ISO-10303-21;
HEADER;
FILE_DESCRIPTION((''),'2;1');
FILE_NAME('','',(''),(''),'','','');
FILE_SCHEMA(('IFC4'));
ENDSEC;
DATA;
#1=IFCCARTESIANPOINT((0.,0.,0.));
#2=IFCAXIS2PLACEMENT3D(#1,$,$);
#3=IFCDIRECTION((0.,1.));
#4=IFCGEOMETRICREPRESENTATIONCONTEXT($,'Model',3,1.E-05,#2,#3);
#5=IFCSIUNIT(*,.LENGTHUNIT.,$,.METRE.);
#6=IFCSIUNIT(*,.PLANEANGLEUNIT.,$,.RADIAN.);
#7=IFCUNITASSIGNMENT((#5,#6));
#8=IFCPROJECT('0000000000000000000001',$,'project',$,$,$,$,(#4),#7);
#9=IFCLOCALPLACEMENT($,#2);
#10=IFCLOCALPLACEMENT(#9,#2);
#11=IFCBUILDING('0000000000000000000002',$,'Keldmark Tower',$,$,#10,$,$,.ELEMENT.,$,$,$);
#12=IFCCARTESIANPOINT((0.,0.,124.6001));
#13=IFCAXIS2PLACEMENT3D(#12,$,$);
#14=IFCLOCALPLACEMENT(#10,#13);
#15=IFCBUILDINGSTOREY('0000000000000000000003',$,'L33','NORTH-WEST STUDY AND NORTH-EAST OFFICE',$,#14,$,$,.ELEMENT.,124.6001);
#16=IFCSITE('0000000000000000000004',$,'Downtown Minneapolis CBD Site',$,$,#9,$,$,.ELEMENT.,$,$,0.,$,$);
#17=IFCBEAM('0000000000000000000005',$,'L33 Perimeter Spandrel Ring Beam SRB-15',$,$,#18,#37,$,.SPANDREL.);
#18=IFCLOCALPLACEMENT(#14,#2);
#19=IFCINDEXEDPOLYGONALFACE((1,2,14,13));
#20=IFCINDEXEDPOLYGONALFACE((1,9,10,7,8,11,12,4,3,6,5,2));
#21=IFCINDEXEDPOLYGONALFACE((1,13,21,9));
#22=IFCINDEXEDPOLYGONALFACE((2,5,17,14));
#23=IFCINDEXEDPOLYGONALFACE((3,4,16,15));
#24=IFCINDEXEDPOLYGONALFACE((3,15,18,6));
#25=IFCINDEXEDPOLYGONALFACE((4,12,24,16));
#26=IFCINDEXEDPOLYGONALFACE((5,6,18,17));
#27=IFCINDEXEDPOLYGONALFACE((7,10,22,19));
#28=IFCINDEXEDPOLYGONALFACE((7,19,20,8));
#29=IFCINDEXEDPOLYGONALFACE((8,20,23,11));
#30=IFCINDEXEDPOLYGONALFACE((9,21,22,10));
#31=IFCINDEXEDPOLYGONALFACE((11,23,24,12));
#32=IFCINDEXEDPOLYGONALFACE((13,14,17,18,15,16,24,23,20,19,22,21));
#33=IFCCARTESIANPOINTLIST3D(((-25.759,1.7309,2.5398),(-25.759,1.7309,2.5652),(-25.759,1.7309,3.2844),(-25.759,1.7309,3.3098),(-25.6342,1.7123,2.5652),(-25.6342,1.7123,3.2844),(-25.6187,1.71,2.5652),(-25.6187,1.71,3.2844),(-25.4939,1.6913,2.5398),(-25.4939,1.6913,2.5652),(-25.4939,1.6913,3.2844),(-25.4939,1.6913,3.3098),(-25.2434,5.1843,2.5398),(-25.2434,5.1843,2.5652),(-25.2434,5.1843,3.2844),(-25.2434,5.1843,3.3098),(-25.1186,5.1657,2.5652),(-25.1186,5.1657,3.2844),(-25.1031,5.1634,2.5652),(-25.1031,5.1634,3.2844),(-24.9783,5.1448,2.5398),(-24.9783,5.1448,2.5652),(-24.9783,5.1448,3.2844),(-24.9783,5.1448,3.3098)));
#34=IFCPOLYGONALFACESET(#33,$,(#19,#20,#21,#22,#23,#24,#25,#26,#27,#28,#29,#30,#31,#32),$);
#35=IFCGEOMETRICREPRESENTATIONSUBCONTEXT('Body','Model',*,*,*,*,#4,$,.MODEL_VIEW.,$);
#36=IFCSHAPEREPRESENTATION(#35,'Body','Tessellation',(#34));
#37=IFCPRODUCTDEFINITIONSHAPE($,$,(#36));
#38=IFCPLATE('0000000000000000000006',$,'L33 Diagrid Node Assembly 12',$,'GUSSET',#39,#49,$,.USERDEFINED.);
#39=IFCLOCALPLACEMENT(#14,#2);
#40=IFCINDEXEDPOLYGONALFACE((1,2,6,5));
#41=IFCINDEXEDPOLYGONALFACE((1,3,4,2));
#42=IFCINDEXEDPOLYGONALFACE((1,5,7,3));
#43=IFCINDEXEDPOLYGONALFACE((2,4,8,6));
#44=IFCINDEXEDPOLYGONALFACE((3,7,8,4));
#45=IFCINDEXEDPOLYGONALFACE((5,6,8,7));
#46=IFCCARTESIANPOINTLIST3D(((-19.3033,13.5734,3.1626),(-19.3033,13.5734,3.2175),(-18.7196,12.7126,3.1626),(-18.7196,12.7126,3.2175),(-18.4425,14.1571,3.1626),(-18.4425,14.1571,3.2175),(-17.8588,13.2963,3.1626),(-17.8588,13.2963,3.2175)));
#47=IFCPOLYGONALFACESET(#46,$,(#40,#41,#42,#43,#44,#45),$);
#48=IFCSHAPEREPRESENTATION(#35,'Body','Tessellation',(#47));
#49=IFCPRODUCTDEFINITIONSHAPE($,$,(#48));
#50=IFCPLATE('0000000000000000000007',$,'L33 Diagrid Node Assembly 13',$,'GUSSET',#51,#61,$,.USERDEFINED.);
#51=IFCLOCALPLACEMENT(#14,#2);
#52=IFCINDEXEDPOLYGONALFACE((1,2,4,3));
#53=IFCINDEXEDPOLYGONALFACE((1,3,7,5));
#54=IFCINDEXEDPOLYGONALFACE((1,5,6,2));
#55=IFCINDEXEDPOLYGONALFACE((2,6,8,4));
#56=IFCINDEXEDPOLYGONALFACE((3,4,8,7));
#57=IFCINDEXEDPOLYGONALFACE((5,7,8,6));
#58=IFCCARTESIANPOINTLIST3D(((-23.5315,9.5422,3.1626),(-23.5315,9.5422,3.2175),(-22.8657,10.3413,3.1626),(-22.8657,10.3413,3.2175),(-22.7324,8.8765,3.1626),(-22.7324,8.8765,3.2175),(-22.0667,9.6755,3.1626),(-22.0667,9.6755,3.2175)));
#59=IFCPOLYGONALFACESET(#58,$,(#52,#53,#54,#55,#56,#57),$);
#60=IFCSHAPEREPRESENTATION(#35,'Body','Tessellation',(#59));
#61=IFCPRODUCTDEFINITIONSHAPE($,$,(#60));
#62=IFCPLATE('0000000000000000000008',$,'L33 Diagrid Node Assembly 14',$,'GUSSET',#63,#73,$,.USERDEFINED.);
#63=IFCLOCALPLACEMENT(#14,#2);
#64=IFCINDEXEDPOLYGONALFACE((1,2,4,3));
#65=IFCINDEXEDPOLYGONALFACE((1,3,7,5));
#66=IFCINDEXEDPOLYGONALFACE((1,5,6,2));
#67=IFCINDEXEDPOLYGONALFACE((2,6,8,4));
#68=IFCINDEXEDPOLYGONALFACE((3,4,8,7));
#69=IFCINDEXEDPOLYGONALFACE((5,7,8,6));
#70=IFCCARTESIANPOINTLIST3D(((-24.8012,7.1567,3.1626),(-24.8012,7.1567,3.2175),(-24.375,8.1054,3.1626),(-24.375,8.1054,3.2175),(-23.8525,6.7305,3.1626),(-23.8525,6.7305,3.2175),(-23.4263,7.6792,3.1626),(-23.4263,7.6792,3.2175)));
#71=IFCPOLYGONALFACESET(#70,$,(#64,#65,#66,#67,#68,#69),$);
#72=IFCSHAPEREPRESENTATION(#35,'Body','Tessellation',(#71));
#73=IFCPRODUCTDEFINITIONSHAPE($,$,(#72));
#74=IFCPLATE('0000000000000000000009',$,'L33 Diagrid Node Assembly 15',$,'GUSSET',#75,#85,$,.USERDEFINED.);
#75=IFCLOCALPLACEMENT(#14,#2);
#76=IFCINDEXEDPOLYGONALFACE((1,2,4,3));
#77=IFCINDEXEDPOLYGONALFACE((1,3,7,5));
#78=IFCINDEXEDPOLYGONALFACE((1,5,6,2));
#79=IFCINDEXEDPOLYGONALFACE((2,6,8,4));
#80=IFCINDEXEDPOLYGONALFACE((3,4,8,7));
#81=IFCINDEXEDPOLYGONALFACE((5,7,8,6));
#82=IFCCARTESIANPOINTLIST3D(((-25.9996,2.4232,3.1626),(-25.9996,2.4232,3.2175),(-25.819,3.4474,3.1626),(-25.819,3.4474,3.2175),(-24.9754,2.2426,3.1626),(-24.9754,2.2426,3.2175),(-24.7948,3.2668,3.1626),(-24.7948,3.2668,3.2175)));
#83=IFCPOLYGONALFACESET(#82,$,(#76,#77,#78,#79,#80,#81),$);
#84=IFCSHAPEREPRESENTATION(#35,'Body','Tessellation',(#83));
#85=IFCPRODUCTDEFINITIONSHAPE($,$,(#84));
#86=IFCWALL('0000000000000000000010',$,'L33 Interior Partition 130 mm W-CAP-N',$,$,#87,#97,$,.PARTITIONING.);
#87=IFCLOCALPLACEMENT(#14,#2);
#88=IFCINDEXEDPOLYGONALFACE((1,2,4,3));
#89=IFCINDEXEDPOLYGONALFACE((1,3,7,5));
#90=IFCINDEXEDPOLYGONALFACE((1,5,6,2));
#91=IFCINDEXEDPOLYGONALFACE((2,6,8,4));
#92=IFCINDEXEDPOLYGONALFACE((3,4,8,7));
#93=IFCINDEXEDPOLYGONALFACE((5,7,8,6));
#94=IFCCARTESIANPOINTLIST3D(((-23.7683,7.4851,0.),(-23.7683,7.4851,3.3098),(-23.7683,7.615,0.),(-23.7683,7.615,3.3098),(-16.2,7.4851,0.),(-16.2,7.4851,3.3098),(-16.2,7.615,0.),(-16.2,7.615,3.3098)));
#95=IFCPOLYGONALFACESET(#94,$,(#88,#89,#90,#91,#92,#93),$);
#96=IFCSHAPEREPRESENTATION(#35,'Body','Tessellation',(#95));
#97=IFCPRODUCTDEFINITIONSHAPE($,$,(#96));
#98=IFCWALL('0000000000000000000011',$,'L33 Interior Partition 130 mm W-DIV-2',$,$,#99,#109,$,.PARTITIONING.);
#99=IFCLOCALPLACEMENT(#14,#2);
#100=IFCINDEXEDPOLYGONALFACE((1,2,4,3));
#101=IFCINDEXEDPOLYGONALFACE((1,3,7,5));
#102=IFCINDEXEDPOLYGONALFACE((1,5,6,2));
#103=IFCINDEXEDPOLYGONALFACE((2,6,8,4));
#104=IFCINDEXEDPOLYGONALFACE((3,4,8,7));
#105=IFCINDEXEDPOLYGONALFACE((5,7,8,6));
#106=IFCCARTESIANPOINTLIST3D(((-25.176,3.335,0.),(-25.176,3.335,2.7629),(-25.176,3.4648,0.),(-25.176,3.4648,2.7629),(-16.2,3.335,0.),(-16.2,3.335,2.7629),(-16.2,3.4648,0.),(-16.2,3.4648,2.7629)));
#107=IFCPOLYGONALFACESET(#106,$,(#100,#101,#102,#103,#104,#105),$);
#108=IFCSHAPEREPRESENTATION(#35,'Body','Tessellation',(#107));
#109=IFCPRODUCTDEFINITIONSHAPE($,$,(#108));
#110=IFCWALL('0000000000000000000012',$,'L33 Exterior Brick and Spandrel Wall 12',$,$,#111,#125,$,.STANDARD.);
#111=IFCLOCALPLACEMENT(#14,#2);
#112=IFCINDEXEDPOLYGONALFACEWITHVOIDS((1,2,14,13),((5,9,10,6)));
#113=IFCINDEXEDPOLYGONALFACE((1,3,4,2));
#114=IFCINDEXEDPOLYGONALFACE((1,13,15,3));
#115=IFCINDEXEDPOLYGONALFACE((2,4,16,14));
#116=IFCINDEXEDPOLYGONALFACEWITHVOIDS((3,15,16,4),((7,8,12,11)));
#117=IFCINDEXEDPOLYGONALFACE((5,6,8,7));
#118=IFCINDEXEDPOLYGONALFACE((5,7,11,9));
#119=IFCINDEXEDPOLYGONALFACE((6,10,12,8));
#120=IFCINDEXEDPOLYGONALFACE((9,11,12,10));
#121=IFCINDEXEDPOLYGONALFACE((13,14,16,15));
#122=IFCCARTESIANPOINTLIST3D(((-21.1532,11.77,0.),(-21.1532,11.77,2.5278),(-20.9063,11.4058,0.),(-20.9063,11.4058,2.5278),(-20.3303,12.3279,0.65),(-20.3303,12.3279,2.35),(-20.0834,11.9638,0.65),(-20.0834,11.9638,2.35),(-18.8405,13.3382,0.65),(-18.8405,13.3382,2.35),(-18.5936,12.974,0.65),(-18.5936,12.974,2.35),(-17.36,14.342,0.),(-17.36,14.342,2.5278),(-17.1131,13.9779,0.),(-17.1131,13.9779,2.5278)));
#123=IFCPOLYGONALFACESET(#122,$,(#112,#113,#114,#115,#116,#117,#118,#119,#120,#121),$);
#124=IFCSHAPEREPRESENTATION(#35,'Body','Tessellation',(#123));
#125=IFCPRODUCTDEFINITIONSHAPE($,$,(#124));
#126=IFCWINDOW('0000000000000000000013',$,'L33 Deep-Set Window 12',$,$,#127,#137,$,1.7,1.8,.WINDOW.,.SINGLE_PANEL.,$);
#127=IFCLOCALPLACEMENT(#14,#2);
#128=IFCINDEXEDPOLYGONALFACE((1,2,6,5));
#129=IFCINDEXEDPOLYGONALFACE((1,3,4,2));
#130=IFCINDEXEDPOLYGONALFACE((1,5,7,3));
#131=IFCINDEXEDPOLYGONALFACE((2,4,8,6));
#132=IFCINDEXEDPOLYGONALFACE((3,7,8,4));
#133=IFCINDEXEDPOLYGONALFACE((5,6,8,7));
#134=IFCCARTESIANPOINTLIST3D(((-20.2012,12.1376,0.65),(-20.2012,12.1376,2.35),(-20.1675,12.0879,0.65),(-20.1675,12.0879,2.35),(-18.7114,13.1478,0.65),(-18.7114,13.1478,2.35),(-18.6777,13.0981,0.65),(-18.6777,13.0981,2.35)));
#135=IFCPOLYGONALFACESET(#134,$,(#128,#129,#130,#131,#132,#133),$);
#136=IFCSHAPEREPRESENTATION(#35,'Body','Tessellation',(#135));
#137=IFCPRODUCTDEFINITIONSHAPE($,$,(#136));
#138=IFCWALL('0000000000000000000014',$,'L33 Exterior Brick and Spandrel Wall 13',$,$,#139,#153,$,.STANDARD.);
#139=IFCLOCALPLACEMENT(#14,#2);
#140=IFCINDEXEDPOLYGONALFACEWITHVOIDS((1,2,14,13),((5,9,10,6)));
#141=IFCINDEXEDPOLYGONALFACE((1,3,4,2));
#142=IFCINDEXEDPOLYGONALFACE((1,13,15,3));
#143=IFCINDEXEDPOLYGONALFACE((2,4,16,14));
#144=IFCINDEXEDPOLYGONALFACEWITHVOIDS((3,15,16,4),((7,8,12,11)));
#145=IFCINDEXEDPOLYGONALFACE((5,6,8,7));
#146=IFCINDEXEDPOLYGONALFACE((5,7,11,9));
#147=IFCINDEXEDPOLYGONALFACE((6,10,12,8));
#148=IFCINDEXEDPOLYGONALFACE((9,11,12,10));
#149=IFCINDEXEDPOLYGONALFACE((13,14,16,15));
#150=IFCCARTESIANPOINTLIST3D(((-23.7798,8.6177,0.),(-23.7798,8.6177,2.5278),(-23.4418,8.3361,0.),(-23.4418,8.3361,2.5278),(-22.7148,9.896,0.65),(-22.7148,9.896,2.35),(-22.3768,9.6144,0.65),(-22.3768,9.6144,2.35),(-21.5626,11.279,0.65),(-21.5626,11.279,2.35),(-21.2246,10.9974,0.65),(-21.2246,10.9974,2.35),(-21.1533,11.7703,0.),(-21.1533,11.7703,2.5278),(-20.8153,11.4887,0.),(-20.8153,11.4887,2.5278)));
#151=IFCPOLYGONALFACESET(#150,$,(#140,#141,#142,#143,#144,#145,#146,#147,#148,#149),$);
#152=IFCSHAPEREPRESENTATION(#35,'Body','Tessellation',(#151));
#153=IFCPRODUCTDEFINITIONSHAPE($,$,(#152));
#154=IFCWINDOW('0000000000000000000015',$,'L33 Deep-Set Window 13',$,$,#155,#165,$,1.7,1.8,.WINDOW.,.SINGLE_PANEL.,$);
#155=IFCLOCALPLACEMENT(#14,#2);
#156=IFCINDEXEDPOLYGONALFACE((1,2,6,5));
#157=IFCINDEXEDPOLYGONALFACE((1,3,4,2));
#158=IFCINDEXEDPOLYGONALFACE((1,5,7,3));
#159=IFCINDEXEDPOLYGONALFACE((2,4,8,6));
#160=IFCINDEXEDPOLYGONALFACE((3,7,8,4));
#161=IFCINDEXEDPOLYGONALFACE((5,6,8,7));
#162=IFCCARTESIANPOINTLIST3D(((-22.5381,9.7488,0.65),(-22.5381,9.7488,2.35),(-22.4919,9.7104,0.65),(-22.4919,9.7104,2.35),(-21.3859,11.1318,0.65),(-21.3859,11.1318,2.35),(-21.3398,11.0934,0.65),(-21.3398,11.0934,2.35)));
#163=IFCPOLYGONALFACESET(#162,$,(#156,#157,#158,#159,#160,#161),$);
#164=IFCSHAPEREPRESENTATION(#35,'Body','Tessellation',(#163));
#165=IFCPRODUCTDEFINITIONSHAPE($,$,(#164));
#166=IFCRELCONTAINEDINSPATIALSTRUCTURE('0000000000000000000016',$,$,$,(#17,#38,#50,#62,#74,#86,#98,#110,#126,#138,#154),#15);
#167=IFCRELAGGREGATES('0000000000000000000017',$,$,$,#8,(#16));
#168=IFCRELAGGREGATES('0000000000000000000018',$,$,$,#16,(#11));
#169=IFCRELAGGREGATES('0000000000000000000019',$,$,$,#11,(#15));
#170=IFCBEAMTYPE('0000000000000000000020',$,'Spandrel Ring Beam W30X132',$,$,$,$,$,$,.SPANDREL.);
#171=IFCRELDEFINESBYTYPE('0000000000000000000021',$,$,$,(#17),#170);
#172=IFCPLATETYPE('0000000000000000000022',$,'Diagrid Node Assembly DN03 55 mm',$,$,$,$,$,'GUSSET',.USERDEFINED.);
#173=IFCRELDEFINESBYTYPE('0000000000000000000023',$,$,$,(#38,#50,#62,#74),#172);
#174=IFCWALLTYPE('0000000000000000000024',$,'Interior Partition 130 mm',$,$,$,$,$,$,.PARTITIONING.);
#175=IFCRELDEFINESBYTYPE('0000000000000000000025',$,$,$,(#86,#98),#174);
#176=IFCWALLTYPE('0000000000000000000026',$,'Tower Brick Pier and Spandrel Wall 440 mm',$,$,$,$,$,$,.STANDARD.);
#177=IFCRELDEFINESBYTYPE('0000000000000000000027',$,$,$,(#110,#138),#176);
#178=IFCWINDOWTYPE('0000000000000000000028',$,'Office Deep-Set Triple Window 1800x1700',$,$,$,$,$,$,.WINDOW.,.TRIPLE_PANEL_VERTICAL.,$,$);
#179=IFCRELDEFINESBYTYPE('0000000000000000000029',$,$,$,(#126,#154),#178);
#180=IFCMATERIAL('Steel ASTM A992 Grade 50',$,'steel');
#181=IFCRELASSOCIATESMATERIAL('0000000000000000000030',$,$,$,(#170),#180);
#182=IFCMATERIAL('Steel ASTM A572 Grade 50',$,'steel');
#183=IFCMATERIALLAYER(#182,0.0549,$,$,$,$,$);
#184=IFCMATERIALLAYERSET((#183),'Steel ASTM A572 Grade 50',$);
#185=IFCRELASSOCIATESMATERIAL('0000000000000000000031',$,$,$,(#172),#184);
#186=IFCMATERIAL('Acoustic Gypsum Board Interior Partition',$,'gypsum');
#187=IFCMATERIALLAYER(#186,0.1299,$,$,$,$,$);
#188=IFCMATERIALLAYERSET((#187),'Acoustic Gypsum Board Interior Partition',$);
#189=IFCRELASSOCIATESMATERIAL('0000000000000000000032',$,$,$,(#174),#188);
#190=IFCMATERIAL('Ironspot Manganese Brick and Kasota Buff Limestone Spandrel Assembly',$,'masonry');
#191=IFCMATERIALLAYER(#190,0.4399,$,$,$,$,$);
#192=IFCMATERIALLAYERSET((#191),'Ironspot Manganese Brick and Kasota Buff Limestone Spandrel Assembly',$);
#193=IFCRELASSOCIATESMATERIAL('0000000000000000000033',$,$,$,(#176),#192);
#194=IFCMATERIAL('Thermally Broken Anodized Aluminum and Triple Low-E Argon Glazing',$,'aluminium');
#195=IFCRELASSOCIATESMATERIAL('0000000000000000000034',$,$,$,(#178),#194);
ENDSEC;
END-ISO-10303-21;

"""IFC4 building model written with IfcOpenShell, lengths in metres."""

from ifc_helpers import new_model, si_unit, direction, frame, frame_2d, origin, origin_2d, place, context, subcontext, project, spatial, rectangle, i_section, extrude, material, layer, layer_set, material_profile, profile_set, type_object, element, fill, save


model = new_model("IFC4")

# Units and contexts
model_context = context("Model", 3, precision=1e-05, world=origin(), true_north=direction((0.0, 1.0)))
body_context = subcontext(model_context, "Body", "Model", "MODEL_VIEW")
ifc_project = project(units=[si_unit("LENGTHUNIT", "METRE"), si_unit("PLANEANGLEUNIT", "RADIAN")], contexts=[model_context])

# Site, building, storey
site_placement = place(None, origin())
site = spatial("IfcSite", under=ifc_project, at=site_placement, Name="Downtown Minneapolis CBD Site", CompositionType="ELEMENT", RefElevation=0.0)
building_placement = place(site_placement, origin())
building = spatial("IfcBuilding", under=site, at=building_placement, Name="Keldmark Tower", CompositionType="ELEMENT")
storey_placement = place(building_placement, frame((0.0, 0.0, 124.6001)))
storey = spatial("IfcBuildingStorey", under=building, at=storey_placement, Name="L33", Description="NORTH-WEST STUDY AND NORTH-EAST OFFICE", CompositionType="ELEMENT", Elevation=124.6001)

# Beam
ifc_material_1 = material(Name="Steel ASTM A992 Grade 50", Category="steel")
ifc_material_profile_1 = material_profile(ifc_material_1, i_section(OverallWidth=0.2681, OverallDepth=0.77, WebThickness=0.0156, FlangeThickness=0.0254, at=origin_2d()), Name="W30X132")
ifc_profile_set_1 = profile_set([ifc_material_profile_1], Name="Steel ASTM A992 Grade 50")
beam_type_1 = type_object("IfcBeamType", Name="Spandrel Ring Beam W30X132", PredefinedType="SPANDREL", material=ifc_profile_set_1)
beam_1_placement = place(storey_placement, frame((-25.1108, 5.1646, 2.9248), z_axis=(-0.147674, -0.989036, 0.0), x_axis=(0.989036, -0.147674, 0.0)))
element("IfcBeam", 1, at=beam_1_placement, inside=storey, type_object=beam_type_1, Name="L33 Perimeter Spandrel Ring Beam SRB-15", PredefinedType="SPANDREL", context=body_context, shape_type="SweptSolid", body=[
    extrude(i_section(OverallWidth=0.2681, OverallDepth=0.77, WebThickness=0.0156, FlangeThickness=0.0254, at=origin_2d()), origin(), (0.0, 0.0, 1.0), 3.4917),
])

# Plates
ifc_material_2 = material(Name="Steel ASTM A572 Grade 50", Category="steel")
ifc_layer_1 = layer(ifc_material_2, 0.0549)
ifc_layer_set_1 = layer_set([ifc_layer_1], Name="Steel ASTM A572 Grade 50")
plate_type = type_object("IfcPlateType", Name="Diagrid Node Assembly DN03 55 mm", ElementType="GUSSET", PredefinedType="USERDEFINED", material=ifc_layer_set_1)
for number, where, z_axis, x_axis, name in (
    (2, (-18.5811, 13.4348, 3.1626), (0.0, 0.0, 1.0), (-0.827669, -0.561217, 0.0), "L33 Diagrid Node Assembly 12"),
    (3, (-22.7991, 9.6089, 3.1626), (0.0, 0.0, 1.0), (-0.64011, -0.768284, 0.0), "L33 Diagrid Node Assembly 13"),
    (4, (-24.1138, 7.418, 3.1626), (0.0, 0.0, 1.0), (-0.409764, -0.912192, 0.0), "L33 Diagrid Node Assembly 14"),
    (5, (-25.3972, 2.845, 3.1626), (0.0, 0.0, 1.0), (-0.173648, -0.984808, 0.0), "L33 Diagrid Node Assembly 15"),
):
    element("IfcPlate", number, at=place(storey_placement, frame(where, z_axis=z_axis, x_axis=x_axis)), inside=storey, type_object=plate_type, Name=name, ObjectType="GUSSET", PredefinedType="USERDEFINED", context=body_context, shape_type="SweptSolid", body=[
        extrude(rectangle(XDim=1.04, YDim=1.04, at=origin_2d()), origin(), (0.0, 0.0, 1.0), 0.0549),
    ])

# Walls
ifc_material_3 = material(Name="Acoustic Gypsum Board Interior Partition", Category="gypsum")
ifc_layer_2 = layer(ifc_material_3, 0.1299)
ifc_layer_set_2 = layer_set([ifc_layer_2], Name="Acoustic Gypsum Board Interior Partition")
wall_type_1 = type_object("IfcWallType", Name="Interior Partition 130 mm", PredefinedType="PARTITIONING", material=ifc_layer_set_2)
wall_1_placement = place(storey_placement, frame((-23.7683, 7.55, 0.0), z_axis=(0.0, 0.0, 1.0), x_axis=(1.0, 0.0, 0.0)))
element("IfcWall", 6, at=wall_1_placement, inside=storey, type_object=wall_type_1, Name="L33 Interior Partition 130 mm W-CAP-N", PredefinedType="PARTITIONING", context=body_context, shape_type="SweptSolid", body=[
    extrude(rectangle(XDim=7.5684, YDim=0.1299, at=frame_2d((3.7842, 0.0))), origin(), (0.0, 0.0, 1.0), 3.3098),
])
wall_2_placement = place(storey_placement, frame((-25.176, 3.3999, 0.0), z_axis=(0.0, 0.0, 1.0), x_axis=(1.0, 0.0, 0.0)))
element("IfcWall", 7, at=wall_2_placement, inside=storey, type_object=wall_type_1, Name="L33 Interior Partition 130 mm W-DIV-2", PredefinedType="PARTITIONING", context=body_context, shape_type="SweptSolid", body=[
    extrude(rectangle(XDim=8.9761, YDim=0.1299, at=frame_2d((4.488, 0.0))), origin(), (0.0, 0.0, 1.0), 2.7629),
])

# Walls, openings, windows
ifc_material_4 = material(Name="Ironspot Manganese Brick and Kasota Buff Limestone Spandrel Assembly", Category="masonry")
ifc_layer_3 = layer(ifc_material_4, 0.4399)
ifc_layer_set_3 = layer_set([ifc_layer_3], Name="Ironspot Manganese Brick and Kasota Buff Limestone Spandrel Assembly")
wall_type_2 = type_object("IfcWallType", Name="Tower Brick Pier and Spandrel Wall 440 mm", PredefinedType="STANDARD", material=ifc_layer_set_3)
wall_3_placement = place(storey_placement, frame((-21.0298, 11.5879, 0.0), z_axis=(0.0, 0.0, 1.0), x_axis=(0.827673, 0.561211, 0.0)))
wall_3 = element("IfcWall", 8, at=wall_3_placement, inside=storey, type_object=wall_type_2, Name="L33 Exterior Brick and Spandrel Wall 12", PredefinedType="STANDARD", context=body_context, shape_type="SweptSolid", body=[
    extrude(rectangle(XDim=4.583, YDim=0.4399, at=frame_2d((2.2915, 0.0))), origin(), (0.0, 0.0, 1.0), 2.5278),
])
opening_1_placement = place(wall_3_placement, frame((0.9944, 0.0, 0.6499)))
opening_1 = element("IfcOpeningElement", 9, at=opening_1_placement, cuts=wall_3, PredefinedType="OPENING", context=body_context, shape_type="SweptSolid", body=[
    extrude(rectangle(XDim=1.8, YDim=1.7, at=frame_2d((0.8999, 0.8501))), frame((0.0, 0.23, 0.0), z_axis=(0.0, -1.0, 0.0), x_axis=(1.0, 0.0, 0.0)), (0.0, 0.0, 1.0), 0.46),
])
ifc_material_5 = material(Name="Thermally Broken Anodized Aluminum and Triple Low-E Argon Glazing", Category="aluminium")
window_type = type_object("IfcWindowType", Name="Office Deep-Set Triple Window 1800x1700", PartitioningType="TRIPLE_PANEL_VERTICAL", PredefinedType="WINDOW", material=ifc_material_5)
window_1_placement = place(opening_1_placement, origin())
window_1 = element("IfcWindow", 10, at=window_1_placement, inside=storey, type_object=window_type, Name="L33 Deep-Set Window 12", OverallHeight=1.7, OverallWidth=1.8, PartitioningType="SINGLE_PANEL", PredefinedType="WINDOW", context=body_context, shape_type="SweptSolid", body=[
    extrude(rectangle(XDim=1.8, YDim=1.7, at=frame_2d((0.8999, 0.8501))), frame((0.0, -0.01, 0.0), z_axis=(0.0, -1.0, 0.0), x_axis=(1.0, 0.0, 0.0)), (0.0, 0.0, 1.0), 0.0601),
])
fill(opening_1, window_1)
wall_4_placement = place(storey_placement, frame((-23.6108, 8.4768, 0.0), z_axis=(0.0, 0.0, 1.0), x_axis=(0.640085, 0.768304, 0.0)))
wall_4 = element("IfcWall", 11, at=wall_4_placement, inside=storey, type_object=wall_type_2, Name="L33 Exterior Brick and Spandrel Wall 13", PredefinedType="STANDARD", context=body_context, shape_type="SweptSolid", body=[
    extrude(rectangle(XDim=4.1033, YDim=0.4399, at=frame_2d((2.0518, 0.0))), origin(), (0.0, 0.0, 1.0), 2.5278),
])
opening_2_placement = place(wall_4_placement, frame((1.6641, 0.0, 0.6499)))
opening_2 = element("IfcOpeningElement", 12, at=opening_2_placement, cuts=wall_4, PredefinedType="OPENING", context=body_context, shape_type="SweptSolid", body=[
    extrude(rectangle(XDim=1.8, YDim=1.7, at=frame_2d((0.8999, 0.8501))), frame((0.0, 0.23, 0.0), z_axis=(0.0, -1.0, 0.0), x_axis=(1.0, 0.0, 0.0)), (0.0, 0.0, 1.0), 0.46),
])
window_2_placement = place(opening_2_placement, origin())
window_2 = element("IfcWindow", 13, at=window_2_placement, inside=storey, type_object=window_type, Name="L33 Deep-Set Window 13", OverallHeight=1.7, OverallWidth=1.8, PartitioningType="SINGLE_PANEL", PredefinedType="WINDOW", context=body_context, shape_type="SweptSolid", body=[
    extrude(rectangle(XDim=1.8, YDim=1.7, at=frame_2d((0.8999, 0.8501))), frame((0.0, -0.01, 0.0), z_axis=(0.0, -1.0, 0.0), x_axis=(1.0, 0.0, 0.0)), (0.0, 0.0, 1.0), 0.0601),
])
fill(opening_2, window_2)

save(model, "model.ifc")
